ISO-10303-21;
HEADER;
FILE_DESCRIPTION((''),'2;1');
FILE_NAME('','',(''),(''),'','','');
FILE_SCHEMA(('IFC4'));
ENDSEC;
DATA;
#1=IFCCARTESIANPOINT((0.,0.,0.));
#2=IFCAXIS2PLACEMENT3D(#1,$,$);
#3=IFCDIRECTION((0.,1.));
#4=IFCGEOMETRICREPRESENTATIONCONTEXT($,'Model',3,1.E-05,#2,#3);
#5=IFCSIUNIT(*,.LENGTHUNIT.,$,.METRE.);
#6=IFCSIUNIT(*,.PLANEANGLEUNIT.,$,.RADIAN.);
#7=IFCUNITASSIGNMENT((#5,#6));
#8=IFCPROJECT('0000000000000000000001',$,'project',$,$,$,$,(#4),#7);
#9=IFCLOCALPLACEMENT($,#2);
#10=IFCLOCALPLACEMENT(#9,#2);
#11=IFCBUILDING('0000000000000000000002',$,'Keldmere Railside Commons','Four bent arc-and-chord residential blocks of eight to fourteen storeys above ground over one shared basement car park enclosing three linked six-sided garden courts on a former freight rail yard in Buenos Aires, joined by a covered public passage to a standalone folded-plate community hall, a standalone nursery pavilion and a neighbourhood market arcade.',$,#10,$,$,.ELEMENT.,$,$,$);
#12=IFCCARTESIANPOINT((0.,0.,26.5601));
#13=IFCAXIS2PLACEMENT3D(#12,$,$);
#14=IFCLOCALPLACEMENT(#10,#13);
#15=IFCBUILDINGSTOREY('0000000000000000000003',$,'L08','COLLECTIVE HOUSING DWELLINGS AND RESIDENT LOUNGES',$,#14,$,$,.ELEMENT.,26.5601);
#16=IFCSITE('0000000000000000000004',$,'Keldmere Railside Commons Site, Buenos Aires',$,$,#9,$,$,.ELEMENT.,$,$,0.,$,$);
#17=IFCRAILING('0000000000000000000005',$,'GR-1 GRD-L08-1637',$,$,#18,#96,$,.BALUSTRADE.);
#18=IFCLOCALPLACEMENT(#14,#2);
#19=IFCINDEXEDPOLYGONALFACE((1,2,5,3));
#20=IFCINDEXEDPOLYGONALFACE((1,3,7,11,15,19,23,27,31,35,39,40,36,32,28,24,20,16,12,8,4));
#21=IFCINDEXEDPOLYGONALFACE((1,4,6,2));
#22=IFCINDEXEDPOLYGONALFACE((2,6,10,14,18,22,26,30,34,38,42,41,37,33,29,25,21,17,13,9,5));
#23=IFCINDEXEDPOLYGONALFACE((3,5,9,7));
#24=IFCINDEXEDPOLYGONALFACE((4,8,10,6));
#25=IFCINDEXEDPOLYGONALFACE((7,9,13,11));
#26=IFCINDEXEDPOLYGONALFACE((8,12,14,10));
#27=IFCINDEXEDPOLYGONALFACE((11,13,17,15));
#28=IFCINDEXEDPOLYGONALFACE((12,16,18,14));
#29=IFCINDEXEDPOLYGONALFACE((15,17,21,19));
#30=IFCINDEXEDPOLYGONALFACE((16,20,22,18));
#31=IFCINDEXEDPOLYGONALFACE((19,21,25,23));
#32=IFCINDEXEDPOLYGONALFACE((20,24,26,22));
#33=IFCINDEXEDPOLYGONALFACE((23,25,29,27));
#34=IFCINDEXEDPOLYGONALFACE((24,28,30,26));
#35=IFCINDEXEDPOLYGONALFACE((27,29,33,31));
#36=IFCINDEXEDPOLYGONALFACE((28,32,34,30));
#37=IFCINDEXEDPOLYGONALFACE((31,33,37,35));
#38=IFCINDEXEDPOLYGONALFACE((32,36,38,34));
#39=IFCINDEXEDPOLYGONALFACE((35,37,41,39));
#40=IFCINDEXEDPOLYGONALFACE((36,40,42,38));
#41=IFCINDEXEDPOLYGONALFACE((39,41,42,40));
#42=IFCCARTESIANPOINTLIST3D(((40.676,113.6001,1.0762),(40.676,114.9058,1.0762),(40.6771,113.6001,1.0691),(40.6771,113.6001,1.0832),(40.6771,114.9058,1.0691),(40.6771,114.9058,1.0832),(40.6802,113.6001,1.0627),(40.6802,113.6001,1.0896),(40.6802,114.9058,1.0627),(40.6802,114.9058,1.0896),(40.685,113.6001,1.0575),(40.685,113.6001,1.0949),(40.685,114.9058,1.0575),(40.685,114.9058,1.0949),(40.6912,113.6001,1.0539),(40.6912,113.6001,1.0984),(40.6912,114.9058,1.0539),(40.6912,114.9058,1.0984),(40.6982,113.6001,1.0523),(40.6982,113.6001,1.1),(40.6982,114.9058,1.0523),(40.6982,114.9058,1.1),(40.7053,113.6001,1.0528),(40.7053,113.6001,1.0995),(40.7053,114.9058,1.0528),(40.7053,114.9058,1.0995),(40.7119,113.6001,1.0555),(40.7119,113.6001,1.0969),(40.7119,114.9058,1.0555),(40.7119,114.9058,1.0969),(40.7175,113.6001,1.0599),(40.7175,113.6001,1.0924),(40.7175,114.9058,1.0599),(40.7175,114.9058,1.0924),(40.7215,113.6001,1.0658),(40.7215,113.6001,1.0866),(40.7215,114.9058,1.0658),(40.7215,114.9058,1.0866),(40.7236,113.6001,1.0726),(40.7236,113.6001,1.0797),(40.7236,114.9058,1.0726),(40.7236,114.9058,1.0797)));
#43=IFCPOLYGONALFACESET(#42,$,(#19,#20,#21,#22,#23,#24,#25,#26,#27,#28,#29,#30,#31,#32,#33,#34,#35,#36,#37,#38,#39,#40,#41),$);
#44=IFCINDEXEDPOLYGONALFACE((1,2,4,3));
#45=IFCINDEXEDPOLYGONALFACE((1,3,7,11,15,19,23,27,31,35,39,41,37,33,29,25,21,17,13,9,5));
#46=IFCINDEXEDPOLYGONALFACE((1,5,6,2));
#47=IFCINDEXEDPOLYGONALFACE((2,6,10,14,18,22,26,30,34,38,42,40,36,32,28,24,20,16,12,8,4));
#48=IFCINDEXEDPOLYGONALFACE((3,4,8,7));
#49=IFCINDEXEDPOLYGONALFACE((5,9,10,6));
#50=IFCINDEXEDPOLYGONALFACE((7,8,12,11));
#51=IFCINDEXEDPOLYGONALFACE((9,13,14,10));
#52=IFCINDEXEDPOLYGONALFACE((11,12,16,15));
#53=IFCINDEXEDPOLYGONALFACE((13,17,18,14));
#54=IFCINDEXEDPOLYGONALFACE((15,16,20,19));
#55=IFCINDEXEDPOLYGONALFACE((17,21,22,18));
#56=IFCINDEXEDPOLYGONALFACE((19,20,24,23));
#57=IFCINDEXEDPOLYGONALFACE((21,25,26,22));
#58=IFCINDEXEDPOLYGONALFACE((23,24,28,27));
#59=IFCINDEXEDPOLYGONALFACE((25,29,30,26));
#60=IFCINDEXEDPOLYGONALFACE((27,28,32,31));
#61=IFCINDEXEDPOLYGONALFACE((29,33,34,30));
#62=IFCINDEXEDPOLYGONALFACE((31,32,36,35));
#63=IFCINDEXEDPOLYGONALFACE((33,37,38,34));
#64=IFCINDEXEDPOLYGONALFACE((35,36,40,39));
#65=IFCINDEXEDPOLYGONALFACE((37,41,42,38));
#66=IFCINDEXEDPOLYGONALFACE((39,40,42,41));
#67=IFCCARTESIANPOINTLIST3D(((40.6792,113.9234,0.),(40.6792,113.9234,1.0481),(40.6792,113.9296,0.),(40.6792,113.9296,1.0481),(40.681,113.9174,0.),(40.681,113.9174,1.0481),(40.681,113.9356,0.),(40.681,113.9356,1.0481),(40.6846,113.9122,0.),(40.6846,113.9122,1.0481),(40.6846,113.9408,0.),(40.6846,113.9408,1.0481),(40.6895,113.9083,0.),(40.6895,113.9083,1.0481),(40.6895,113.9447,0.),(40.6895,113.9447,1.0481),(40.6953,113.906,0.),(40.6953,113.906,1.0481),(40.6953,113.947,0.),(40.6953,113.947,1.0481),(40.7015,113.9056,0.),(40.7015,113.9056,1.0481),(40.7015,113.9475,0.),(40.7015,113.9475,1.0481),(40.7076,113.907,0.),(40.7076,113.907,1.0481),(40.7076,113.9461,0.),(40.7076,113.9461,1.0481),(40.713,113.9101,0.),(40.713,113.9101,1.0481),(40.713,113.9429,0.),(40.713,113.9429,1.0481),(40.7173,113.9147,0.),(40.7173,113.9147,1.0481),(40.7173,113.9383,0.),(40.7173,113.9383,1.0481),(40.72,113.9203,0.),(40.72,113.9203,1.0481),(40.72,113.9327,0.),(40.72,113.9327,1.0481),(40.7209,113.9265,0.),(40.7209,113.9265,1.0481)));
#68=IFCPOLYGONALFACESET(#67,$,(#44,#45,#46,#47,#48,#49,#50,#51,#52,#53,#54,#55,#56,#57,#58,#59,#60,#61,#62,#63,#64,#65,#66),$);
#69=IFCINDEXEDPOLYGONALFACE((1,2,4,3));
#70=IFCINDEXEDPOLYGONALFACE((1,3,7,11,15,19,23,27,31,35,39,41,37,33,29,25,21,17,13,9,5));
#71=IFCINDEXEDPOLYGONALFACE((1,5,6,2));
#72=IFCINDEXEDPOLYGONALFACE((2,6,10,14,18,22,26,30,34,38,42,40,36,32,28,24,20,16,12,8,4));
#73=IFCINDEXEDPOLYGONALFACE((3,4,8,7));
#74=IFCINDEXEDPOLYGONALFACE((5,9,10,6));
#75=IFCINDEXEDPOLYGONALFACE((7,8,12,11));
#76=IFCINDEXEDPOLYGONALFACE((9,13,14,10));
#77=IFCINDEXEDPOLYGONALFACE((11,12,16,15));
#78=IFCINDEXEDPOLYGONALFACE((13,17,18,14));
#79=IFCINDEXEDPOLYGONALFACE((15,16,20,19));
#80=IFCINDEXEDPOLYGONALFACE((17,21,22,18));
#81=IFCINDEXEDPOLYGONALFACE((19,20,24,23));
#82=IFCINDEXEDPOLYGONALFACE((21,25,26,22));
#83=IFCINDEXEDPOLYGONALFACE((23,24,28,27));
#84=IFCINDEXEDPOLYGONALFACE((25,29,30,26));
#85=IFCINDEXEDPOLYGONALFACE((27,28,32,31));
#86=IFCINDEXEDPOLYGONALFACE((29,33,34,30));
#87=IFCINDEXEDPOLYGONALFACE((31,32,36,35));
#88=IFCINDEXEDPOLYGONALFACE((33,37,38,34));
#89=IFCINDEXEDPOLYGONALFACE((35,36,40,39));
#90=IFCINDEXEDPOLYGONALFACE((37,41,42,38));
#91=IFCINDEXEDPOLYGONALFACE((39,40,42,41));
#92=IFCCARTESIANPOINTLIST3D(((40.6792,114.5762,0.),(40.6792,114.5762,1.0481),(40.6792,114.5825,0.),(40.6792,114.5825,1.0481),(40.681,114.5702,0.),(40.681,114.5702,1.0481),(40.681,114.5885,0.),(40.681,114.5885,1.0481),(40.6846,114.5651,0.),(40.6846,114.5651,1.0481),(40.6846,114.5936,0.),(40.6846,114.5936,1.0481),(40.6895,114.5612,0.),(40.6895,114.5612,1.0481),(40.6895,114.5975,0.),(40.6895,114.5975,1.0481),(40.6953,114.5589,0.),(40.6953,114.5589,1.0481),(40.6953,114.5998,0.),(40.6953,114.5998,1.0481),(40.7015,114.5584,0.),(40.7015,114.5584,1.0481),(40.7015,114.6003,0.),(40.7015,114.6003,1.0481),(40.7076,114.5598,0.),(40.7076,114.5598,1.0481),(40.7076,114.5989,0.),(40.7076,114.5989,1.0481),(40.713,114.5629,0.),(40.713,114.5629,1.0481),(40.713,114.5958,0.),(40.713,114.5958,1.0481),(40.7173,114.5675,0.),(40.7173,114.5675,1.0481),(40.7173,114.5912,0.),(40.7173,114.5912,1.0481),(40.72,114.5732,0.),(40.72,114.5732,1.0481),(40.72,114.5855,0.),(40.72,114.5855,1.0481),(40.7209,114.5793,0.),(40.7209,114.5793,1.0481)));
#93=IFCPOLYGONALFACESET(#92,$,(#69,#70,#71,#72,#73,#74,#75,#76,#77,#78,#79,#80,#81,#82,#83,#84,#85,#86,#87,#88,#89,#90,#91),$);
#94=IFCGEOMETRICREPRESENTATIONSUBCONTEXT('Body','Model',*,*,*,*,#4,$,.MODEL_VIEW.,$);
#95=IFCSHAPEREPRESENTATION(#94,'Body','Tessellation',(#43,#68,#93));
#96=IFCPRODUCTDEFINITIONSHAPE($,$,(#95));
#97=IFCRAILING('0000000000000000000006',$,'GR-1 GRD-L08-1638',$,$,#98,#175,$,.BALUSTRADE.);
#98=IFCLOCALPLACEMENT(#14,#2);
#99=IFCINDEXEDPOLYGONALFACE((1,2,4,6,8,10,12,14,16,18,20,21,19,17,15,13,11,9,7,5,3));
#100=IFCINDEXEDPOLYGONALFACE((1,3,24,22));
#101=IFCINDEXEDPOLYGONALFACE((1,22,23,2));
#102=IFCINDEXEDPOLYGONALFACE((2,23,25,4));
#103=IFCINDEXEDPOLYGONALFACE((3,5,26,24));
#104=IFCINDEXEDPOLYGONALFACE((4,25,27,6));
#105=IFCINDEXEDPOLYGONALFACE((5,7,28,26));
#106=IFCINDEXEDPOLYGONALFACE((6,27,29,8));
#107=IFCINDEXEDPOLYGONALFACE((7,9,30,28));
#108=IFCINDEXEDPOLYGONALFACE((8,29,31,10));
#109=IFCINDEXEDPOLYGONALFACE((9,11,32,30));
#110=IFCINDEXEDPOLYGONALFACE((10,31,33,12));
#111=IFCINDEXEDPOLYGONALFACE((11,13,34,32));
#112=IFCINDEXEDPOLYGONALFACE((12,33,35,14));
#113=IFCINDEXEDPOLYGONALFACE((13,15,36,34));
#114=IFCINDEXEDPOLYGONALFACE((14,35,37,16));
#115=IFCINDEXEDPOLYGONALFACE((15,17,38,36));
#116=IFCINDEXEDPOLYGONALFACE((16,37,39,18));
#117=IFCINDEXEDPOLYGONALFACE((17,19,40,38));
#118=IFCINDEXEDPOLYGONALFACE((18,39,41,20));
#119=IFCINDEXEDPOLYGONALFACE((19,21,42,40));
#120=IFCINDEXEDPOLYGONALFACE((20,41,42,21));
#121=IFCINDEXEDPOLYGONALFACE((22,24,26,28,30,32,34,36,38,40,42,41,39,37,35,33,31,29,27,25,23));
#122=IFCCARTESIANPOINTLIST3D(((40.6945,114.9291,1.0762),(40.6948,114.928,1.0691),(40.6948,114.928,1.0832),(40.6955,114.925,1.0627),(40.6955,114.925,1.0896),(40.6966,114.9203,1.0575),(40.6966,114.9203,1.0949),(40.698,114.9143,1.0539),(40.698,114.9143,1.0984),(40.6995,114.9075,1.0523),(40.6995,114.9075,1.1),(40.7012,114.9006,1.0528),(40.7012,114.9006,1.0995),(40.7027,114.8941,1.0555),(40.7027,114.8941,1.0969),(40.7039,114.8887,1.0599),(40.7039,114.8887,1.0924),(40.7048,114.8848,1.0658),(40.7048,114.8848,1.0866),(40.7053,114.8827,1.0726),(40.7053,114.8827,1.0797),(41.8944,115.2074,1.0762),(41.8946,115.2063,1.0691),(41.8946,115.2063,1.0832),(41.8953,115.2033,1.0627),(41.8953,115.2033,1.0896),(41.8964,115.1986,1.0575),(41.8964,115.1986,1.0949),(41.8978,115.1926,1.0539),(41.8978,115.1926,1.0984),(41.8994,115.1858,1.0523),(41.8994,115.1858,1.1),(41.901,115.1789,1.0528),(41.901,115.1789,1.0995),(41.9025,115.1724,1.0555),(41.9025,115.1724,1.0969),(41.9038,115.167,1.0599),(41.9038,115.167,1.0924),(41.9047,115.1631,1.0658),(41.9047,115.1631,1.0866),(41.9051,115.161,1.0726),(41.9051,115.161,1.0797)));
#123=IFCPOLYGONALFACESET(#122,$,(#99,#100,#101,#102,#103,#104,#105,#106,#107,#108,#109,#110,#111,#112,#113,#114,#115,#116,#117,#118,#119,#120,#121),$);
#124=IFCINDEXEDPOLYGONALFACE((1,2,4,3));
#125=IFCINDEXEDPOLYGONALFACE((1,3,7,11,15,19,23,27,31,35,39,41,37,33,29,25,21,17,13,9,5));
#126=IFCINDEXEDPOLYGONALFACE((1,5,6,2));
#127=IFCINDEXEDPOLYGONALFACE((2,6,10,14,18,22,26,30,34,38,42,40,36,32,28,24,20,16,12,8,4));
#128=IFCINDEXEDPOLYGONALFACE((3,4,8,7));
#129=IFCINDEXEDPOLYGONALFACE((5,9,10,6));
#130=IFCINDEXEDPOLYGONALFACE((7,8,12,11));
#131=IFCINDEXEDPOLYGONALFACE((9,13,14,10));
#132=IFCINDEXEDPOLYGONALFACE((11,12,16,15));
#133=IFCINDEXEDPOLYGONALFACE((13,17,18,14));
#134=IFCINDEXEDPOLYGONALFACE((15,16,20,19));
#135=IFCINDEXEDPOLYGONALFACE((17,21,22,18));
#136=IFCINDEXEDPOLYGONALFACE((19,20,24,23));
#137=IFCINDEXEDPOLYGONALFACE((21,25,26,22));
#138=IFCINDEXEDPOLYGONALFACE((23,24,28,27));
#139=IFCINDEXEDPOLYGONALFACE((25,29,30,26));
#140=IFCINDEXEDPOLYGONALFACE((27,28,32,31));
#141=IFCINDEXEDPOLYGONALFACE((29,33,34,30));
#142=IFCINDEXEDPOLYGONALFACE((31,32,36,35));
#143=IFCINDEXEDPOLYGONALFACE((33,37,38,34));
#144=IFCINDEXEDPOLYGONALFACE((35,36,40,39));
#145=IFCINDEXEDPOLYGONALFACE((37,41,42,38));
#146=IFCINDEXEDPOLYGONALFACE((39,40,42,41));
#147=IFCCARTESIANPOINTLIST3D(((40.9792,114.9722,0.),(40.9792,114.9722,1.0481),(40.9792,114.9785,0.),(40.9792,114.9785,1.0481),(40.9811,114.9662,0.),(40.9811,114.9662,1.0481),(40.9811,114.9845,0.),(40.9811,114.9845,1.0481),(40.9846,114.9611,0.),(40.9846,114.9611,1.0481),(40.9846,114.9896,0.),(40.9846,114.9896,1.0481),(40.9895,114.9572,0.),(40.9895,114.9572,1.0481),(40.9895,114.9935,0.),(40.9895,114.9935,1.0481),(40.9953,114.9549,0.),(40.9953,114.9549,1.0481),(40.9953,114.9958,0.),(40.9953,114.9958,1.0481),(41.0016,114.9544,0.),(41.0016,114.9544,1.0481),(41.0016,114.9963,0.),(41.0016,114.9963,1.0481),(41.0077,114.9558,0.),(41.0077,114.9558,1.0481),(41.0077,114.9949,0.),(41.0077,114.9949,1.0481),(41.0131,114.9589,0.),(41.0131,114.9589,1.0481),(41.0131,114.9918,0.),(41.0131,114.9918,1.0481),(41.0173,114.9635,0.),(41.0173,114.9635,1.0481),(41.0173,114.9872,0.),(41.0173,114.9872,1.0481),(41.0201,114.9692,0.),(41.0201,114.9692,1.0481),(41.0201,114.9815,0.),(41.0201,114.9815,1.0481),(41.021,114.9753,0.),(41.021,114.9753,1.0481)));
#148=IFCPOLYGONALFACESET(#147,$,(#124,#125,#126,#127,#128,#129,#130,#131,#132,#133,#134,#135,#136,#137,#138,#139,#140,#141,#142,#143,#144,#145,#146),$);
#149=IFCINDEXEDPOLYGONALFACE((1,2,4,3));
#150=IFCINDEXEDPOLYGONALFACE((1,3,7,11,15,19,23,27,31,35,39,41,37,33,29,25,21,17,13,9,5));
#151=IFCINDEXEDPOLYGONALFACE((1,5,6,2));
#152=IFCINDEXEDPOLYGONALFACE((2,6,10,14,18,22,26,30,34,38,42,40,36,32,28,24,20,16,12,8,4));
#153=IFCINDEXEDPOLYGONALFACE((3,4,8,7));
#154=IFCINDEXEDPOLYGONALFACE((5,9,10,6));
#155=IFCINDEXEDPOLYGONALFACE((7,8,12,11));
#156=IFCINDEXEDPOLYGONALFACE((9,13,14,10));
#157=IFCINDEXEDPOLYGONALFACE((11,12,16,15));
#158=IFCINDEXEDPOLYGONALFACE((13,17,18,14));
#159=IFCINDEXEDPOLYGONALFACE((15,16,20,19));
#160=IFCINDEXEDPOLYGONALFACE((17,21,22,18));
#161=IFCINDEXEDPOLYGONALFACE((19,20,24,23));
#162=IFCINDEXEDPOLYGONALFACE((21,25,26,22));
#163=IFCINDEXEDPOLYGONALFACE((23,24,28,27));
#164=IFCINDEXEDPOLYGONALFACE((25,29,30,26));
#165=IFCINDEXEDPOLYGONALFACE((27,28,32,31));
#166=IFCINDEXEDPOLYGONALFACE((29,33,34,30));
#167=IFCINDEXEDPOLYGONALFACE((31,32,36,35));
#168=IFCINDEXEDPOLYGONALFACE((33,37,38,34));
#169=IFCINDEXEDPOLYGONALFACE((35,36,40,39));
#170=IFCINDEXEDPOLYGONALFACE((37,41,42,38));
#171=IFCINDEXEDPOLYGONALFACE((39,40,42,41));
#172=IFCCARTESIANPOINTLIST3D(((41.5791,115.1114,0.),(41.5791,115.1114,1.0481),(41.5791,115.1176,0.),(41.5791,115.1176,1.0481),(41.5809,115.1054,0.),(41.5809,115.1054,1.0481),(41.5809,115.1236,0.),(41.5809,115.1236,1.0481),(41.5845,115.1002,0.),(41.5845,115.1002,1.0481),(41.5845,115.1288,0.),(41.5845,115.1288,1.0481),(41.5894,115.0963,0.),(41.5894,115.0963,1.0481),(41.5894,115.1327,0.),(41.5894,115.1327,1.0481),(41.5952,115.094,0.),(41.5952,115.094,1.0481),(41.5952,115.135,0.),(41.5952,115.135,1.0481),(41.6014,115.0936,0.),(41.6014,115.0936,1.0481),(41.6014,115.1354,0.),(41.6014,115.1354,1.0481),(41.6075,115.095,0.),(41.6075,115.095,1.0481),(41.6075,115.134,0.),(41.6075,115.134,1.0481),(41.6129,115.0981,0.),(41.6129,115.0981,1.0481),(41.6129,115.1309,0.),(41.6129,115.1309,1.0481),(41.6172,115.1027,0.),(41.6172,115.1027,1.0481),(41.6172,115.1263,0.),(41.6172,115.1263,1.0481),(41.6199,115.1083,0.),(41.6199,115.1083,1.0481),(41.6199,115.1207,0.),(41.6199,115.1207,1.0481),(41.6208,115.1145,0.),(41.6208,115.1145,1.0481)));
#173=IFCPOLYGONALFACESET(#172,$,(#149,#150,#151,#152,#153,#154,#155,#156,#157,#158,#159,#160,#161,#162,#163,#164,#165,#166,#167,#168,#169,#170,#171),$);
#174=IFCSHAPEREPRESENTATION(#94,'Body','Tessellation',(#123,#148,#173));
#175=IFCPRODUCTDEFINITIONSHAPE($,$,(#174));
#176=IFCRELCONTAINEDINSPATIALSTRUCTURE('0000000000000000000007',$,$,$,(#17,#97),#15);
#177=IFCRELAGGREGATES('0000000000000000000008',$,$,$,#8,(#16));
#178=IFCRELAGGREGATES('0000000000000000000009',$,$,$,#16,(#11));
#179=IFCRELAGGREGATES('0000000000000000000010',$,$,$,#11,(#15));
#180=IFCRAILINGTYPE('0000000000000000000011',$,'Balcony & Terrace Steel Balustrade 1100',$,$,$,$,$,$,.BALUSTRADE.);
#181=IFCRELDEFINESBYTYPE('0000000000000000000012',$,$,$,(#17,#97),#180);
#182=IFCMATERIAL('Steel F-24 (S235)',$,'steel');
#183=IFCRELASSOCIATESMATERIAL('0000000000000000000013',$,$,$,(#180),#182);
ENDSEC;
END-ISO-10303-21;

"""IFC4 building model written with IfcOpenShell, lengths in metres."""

from ifc_helpers import new_model, si_unit, direction, frame, origin, origin_2d, place, context, subcontext, project, spatial, circle, extrude, material, type_object, element, save


model = new_model("IFC4")

# Units and contexts
model_context = context("Model", 3, precision=1e-05, world=origin(), true_north=direction((0.0, 1.0)))
body_context = subcontext(model_context, "Body", "Model", "MODEL_VIEW")
ifc_project = project(units=[si_unit("LENGTHUNIT", "METRE"), si_unit("PLANEANGLEUNIT", "RADIAN")], contexts=[model_context])

# Site, building, storey
site_placement = place(None, origin())
site = spatial("IfcSite", under=ifc_project, at=site_placement, Name="Keldmere Railside Commons Site, Buenos Aires", CompositionType="ELEMENT", RefElevation=0.0)
building_placement = place(site_placement, origin())
building = spatial("IfcBuilding", under=site, at=building_placement, Name="Keldmere Railside Commons", Description="Four bent arc-and-chord residential blocks of eight to fourteen storeys above ground over one shared basement car park enclosing three linked six-sided garden courts on a former freight rail yard in Buenos Aires, joined by a covered public passage to a standalone folded-plate community hall, a standalone nursery pavilion and a neighbourhood market arcade.", CompositionType="ELEMENT")
storey_placement = place(building_placement, frame((0.0, 0.0, 26.5601)))
storey = spatial("IfcBuildingStorey", under=building, at=storey_placement, Name="L08", Description="COLLECTIVE HOUSING DWELLINGS AND RESIDENT LOUNGES", CompositionType="ELEMENT", Elevation=26.5601)

# Railings
ifc_material_1 = material(Name="Steel F-24 (S235)", Category="steel")
railing_type = type_object("IfcRailingType", Name="Balcony & Terrace Steel Balustrade 1100", PredefinedType="BALUSTRADE", material=ifc_material_1)
railing_1_placement = place(storey_placement, frame((40.7, 113.6001, 0.0)))
element("IfcRailing", 1, at=railing_1_placement, inside=storey, type_object=railing_type, Name="GR-1 GRD-L08-1637", PredefinedType="BALUSTRADE", context=body_context, shape_type="SweptSolid", body=[
    extrude(circle(Radius=0.0239, at=origin_2d()), frame((0.0, 0.0, 1.0762), z_axis=(0.0, 1.0, 0.0), x_axis=(-1.0, 0.0, 0.0)), (0.0, 0.0, 1.0), 1.3057),
    extrude(circle(Radius=0.021, at=origin_2d()), frame((0.0, 0.3264, 0.0)), (0.0, 0.0, 1.0), 1.0481),
    extrude(circle(Radius=0.021, at=origin_2d()), frame((0.0, 0.9792, 0.0)), (0.0, 0.0, 1.0), 1.0481),
])
railing_2_placement = place(storey_placement, frame((40.7, 114.9058, 0.0)))
element("IfcRailing", 2, at=railing_2_placement, inside=storey, type_object=railing_type, Name="GR-1 GRD-L08-1638", PredefinedType="BALUSTRADE", context=body_context, shape_type="SweptSolid", body=[
    extrude(circle(Radius=0.0239, at=origin_2d()), frame((0.0, 0.0, 1.0762), z_axis=(0.97414, 0.225945, 0.0), x_axis=(-0.225945, 0.97414, 0.0)), (0.0, 0.0, 1.0), 1.2317),
    extrude(circle(Radius=0.021, at=origin_2d()), frame((0.3, 0.0696, 0.0)), (0.0, 0.0, 1.0), 1.0481),
    extrude(circle(Radius=0.021, at=origin_2d()), frame((0.8999, 0.2087, 0.0)), (0.0, 0.0, 1.0), 1.0481),
])

save(model, "model.ifc")
